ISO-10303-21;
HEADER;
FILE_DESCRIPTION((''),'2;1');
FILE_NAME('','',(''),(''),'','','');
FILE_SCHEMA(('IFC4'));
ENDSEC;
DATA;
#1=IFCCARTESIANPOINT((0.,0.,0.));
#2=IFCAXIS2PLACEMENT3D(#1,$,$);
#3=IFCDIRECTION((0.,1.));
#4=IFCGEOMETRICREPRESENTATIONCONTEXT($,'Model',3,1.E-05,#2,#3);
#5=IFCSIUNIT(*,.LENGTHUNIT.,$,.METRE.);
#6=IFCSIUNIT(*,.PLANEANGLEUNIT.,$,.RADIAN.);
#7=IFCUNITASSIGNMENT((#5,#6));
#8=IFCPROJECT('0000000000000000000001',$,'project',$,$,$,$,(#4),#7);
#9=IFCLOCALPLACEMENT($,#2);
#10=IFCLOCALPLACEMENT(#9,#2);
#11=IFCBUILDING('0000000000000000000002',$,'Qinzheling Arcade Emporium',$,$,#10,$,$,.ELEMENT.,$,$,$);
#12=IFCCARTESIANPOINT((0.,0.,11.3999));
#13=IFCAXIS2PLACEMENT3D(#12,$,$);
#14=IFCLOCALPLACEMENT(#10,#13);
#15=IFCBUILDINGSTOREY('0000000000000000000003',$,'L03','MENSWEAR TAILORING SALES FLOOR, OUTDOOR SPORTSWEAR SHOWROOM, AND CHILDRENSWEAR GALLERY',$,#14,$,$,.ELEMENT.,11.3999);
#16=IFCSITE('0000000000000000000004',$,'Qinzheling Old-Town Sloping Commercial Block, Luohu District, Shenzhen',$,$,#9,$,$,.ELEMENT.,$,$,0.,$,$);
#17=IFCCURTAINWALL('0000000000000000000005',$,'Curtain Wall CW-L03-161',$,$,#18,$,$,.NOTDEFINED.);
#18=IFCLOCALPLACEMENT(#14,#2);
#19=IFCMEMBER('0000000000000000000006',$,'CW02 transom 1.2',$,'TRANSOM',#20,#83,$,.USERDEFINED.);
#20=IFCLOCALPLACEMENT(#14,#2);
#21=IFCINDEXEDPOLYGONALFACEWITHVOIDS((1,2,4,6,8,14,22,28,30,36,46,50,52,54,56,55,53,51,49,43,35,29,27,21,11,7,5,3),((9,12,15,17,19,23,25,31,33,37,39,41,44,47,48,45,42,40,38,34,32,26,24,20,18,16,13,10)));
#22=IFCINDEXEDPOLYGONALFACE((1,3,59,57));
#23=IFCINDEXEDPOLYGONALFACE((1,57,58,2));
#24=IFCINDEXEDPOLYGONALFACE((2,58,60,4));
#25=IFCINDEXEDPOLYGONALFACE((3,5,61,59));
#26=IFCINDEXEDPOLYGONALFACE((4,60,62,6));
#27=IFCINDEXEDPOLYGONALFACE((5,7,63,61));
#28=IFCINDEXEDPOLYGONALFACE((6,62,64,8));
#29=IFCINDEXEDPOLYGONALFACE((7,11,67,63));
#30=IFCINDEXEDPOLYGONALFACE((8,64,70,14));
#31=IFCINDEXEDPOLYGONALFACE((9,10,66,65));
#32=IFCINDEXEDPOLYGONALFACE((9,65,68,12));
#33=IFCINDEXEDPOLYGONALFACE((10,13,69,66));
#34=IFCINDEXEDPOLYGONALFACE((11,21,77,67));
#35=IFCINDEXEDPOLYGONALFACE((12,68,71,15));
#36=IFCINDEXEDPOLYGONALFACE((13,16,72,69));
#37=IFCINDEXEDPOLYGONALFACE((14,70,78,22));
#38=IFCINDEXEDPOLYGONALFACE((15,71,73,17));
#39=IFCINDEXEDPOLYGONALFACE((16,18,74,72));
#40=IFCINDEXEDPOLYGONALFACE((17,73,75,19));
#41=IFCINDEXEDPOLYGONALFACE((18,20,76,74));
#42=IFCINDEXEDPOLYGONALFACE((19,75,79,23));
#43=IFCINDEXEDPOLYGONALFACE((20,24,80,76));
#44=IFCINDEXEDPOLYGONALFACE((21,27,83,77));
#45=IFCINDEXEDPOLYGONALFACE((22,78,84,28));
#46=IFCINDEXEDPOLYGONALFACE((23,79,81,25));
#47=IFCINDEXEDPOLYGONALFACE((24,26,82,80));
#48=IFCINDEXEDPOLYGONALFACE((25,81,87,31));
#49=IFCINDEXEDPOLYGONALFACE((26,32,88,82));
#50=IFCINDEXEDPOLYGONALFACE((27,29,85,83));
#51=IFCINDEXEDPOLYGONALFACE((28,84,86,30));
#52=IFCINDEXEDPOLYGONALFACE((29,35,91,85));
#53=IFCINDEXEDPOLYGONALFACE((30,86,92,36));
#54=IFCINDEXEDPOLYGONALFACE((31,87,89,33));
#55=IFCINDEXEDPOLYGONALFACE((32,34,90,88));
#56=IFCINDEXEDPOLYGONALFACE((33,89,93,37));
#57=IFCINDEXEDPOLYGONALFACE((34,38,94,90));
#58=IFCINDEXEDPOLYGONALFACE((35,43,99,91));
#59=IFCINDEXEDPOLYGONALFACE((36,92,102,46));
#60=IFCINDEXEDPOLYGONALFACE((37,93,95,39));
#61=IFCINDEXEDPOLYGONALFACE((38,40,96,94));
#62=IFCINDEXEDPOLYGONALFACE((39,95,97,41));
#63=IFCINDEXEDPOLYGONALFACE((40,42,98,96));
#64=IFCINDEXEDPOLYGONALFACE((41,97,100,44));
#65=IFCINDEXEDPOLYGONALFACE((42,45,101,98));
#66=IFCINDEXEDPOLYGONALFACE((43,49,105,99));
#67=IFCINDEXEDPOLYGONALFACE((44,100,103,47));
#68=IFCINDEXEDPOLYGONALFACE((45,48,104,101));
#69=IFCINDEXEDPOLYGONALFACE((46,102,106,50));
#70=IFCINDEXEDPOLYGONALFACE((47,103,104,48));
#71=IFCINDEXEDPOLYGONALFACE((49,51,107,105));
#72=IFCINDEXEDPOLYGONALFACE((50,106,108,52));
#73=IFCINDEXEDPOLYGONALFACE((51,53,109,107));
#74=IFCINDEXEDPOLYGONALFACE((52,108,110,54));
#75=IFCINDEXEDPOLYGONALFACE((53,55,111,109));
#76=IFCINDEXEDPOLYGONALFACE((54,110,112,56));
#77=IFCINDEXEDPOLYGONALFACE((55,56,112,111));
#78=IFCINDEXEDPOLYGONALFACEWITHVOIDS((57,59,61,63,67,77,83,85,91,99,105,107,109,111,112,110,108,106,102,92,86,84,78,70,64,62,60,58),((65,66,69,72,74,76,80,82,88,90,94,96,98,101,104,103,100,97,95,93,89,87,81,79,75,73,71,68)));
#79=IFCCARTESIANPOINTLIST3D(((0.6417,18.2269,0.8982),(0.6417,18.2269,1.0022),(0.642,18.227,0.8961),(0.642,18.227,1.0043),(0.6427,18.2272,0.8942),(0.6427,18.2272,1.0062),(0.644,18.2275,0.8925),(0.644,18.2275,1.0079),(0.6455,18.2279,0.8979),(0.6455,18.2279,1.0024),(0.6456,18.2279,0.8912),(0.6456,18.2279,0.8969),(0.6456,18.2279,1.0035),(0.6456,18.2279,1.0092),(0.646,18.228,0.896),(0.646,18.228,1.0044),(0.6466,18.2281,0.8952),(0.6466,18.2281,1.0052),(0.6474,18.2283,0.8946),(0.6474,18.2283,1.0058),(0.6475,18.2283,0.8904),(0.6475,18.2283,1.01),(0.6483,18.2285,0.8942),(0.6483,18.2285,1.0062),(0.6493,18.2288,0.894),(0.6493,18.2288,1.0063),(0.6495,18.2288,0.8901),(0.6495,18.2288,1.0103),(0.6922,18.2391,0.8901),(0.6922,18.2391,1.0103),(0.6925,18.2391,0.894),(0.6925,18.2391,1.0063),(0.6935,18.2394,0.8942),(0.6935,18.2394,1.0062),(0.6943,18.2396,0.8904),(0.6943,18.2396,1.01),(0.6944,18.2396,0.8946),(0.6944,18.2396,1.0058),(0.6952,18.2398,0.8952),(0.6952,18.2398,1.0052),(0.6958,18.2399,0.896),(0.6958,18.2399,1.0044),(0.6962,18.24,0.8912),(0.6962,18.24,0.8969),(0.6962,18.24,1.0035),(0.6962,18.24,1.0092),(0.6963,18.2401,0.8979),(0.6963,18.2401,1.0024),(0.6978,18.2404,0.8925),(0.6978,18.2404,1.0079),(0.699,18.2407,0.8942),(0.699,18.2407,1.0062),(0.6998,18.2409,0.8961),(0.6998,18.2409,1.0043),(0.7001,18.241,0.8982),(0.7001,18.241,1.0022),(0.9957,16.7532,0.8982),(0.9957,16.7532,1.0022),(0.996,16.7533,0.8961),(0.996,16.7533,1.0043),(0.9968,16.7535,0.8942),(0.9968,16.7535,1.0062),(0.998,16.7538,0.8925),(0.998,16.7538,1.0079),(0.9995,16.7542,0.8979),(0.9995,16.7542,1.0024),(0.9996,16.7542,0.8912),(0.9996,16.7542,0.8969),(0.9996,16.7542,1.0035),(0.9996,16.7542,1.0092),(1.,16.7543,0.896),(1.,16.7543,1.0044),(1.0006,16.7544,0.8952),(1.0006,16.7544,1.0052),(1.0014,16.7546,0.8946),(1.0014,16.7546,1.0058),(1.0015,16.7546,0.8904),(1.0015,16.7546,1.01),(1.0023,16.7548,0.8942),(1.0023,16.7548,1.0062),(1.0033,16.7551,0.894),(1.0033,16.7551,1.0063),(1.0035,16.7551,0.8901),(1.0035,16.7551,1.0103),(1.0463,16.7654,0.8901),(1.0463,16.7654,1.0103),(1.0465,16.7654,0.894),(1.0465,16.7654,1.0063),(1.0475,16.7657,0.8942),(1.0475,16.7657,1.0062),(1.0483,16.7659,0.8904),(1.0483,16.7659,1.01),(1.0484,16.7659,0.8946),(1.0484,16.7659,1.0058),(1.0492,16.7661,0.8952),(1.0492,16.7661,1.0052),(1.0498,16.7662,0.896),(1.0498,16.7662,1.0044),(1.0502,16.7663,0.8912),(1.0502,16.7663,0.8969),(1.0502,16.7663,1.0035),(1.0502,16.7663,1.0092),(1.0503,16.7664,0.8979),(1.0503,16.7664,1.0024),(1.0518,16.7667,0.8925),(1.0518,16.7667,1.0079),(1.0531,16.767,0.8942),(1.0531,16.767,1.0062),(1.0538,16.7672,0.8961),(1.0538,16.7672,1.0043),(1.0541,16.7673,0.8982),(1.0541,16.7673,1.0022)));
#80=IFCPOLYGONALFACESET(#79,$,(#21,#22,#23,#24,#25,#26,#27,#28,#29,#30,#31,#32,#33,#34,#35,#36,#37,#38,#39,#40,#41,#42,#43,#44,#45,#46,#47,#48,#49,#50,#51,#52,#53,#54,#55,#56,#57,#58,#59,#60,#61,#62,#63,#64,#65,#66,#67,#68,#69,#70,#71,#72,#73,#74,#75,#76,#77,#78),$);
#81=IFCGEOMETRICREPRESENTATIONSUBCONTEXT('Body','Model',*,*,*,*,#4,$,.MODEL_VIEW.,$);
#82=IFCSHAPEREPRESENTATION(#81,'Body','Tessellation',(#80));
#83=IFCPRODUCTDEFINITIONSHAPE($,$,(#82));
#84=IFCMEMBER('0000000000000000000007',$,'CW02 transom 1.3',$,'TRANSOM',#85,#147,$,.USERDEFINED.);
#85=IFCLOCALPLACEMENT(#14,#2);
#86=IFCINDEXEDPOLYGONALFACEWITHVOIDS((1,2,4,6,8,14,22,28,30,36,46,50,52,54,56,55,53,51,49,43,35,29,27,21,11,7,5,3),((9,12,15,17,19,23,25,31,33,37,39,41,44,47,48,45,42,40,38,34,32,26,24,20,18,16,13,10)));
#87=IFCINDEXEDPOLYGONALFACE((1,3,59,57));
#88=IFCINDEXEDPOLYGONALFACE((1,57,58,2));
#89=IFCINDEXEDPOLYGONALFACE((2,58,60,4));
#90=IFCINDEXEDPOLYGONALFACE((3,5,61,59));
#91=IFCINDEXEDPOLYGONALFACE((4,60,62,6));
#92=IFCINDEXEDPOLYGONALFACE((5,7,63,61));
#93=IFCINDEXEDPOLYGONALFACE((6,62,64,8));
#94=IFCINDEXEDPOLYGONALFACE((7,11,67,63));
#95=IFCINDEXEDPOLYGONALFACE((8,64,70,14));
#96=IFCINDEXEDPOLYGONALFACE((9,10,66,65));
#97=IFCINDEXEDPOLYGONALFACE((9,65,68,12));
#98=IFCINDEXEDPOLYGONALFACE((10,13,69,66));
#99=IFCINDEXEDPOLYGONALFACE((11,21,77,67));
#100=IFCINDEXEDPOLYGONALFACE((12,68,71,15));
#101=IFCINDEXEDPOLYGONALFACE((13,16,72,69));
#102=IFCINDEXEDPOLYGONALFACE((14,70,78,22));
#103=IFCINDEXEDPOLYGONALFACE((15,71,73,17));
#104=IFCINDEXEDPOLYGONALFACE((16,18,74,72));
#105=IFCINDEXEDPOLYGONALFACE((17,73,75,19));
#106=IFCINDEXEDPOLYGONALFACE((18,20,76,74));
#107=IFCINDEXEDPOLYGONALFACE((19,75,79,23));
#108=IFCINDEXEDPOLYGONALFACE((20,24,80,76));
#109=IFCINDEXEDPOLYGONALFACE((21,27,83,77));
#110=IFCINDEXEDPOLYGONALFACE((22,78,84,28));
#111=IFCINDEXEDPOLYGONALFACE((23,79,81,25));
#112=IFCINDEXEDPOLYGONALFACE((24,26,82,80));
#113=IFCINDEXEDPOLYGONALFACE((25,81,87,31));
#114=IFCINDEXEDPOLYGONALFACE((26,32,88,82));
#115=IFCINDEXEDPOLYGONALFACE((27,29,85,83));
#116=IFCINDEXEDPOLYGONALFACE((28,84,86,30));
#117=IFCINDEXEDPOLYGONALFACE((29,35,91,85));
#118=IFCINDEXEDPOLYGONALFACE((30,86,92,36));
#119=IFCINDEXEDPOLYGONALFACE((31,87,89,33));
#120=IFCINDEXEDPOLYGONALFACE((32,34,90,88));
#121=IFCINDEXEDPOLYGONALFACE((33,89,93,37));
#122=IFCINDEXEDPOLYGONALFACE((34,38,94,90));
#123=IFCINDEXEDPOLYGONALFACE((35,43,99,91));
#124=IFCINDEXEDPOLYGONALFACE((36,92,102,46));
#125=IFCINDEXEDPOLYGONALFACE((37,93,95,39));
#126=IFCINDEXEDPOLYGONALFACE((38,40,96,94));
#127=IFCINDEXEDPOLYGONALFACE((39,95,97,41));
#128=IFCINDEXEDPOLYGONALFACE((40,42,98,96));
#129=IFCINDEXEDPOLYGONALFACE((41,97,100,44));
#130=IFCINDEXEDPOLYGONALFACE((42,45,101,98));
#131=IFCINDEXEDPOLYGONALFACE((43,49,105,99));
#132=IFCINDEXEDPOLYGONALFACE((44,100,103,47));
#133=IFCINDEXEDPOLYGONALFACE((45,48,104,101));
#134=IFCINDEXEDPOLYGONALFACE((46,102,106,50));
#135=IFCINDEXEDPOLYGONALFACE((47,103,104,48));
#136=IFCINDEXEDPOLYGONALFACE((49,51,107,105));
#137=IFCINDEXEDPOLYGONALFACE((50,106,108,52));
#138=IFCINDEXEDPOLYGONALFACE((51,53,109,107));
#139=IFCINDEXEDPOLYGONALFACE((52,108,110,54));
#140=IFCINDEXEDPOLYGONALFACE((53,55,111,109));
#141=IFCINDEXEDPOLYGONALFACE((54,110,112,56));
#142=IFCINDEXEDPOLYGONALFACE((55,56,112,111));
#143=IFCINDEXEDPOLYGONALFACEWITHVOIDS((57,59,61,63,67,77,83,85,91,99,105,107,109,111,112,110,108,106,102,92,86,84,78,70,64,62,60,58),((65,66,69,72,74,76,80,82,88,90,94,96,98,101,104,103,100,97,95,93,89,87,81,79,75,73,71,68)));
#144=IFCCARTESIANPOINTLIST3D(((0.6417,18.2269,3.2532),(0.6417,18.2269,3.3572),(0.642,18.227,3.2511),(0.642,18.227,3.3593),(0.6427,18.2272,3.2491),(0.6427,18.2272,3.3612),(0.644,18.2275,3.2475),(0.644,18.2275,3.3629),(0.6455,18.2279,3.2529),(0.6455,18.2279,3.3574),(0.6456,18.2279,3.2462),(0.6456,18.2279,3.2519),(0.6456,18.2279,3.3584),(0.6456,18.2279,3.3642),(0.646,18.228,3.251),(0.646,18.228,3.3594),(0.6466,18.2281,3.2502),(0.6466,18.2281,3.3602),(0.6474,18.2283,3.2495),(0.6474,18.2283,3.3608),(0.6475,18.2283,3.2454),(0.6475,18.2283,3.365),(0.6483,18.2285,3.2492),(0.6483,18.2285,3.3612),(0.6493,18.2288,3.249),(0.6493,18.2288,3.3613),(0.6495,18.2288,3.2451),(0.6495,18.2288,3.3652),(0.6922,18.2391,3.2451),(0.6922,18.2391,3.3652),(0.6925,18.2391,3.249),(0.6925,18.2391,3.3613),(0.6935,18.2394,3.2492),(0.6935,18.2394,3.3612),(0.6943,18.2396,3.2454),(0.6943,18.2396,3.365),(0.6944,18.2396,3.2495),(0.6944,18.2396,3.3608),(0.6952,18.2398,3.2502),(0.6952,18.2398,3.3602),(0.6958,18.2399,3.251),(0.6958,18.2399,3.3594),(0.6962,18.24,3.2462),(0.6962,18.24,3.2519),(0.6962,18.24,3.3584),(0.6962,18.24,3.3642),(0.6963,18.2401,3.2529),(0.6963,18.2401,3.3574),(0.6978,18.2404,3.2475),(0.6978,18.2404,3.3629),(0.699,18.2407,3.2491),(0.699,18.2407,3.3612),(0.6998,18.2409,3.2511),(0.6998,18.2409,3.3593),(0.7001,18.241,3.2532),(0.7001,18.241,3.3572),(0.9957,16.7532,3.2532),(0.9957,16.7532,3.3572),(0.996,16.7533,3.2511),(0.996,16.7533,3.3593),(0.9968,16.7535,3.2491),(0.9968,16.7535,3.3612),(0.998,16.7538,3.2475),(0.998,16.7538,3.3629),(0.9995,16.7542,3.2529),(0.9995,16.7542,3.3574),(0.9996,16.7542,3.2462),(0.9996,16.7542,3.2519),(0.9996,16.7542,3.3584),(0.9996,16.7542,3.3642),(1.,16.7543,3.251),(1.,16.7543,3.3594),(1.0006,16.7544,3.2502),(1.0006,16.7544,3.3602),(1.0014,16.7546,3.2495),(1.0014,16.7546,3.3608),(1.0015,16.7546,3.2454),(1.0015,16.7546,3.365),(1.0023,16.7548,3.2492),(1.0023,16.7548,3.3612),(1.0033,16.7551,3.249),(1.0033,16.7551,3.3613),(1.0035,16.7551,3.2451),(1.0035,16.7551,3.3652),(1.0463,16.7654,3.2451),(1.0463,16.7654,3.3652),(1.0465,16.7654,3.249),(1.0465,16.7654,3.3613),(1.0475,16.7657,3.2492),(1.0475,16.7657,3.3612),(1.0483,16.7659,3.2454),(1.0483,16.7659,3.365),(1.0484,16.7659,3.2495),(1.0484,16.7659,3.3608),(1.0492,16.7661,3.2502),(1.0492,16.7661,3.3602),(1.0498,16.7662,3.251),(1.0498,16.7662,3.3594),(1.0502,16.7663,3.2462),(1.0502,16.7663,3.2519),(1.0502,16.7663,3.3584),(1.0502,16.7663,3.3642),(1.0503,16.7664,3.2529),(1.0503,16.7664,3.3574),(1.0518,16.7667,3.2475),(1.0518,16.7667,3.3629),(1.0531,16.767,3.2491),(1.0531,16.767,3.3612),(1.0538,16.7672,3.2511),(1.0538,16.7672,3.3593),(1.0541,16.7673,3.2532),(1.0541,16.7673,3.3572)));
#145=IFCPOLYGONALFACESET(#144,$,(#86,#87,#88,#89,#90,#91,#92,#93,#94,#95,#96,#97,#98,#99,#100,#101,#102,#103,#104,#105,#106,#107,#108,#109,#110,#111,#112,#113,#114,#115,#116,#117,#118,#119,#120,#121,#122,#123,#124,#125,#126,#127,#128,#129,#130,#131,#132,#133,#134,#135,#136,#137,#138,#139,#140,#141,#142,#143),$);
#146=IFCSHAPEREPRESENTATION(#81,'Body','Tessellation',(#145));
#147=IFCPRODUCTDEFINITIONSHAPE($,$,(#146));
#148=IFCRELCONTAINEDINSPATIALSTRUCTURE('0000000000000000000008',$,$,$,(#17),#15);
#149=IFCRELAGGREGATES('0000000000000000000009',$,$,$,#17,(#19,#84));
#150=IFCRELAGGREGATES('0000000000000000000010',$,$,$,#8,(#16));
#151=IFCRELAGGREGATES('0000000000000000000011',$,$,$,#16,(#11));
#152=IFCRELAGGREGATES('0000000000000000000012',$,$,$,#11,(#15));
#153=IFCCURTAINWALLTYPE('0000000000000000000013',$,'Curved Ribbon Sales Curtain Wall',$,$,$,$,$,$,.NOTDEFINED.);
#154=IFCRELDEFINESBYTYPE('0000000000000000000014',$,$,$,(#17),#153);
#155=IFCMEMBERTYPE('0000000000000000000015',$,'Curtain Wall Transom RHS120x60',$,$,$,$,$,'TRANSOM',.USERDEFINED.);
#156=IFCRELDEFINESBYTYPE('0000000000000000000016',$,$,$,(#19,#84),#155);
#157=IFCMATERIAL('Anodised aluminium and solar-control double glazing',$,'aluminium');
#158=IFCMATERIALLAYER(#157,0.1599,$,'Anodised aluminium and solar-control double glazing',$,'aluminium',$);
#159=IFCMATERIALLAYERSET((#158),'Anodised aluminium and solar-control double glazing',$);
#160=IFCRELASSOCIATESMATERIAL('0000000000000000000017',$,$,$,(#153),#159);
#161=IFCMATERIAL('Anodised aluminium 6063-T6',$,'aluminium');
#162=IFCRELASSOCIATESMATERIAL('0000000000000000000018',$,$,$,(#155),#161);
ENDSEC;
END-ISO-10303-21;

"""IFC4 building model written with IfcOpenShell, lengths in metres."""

from ifc_helpers import new_model, si_unit, direction, frame, origin, origin_2d, place, context, subcontext, project, spatial, hollow_rectangle, extrude, material, layer, layer_set, material_profile, profile_set, type_object, element, aggregate, save


model = new_model("IFC4")

# Units and contexts
model_context = context("Model", 3, precision=1e-05, world=origin(), true_north=direction((0.0, 1.0)))
body_context = subcontext(model_context, "Body", "Model", "MODEL_VIEW")
ifc_project = project(units=[si_unit("LENGTHUNIT", "METRE"), si_unit("PLANEANGLEUNIT", "RADIAN")], contexts=[model_context])

# Site, building, storey
site_placement = place(None, origin())
site = spatial("IfcSite", under=ifc_project, at=site_placement, Name="Qinzheling Old-Town Sloping Commercial Block, Luohu District, Shenzhen", CompositionType="ELEMENT", RefElevation=0.0)
building_placement = place(site_placement, origin())
building = spatial("IfcBuilding", under=site, at=building_placement, Name="Qinzheling Arcade Emporium", CompositionType="ELEMENT")
storey_placement = place(building_placement, frame((0.0, 0.0, 11.3999)))
storey = spatial("IfcBuildingStorey", under=building, at=storey_placement, Name="L03", Description="MENSWEAR TAILORING SALES FLOOR, OUTDOOR SPORTSWEAR SHOWROOM, AND CHILDRENSWEAR GALLERY", CompositionType="ELEMENT", Elevation=11.3999)

# Curtain wall
ifc_material_1 = material(Name="Anodised aluminium and solar-control double glazing", Category="aluminium")
ifc_layer_1 = layer(ifc_material_1, 0.1599, Name="Anodised aluminium and solar-control double glazing", Category="aluminium")
ifc_layer_set_1 = layer_set([ifc_layer_1], Name="Anodised aluminium and solar-control double glazing")
curtain_wall_type = type_object("IfcCurtainWallType", Name="Curved Ribbon Sales Curtain Wall", PredefinedType="NOTDEFINED", material=ifc_layer_set_1)
ifc_material_2 = material(Name="Anodised aluminium 6063-T6", Category="aluminium")
curtain_wall_1_placement = place(storey_placement, origin())
curtain_wall_1 = element("IfcCurtainWall", 1, at=curtain_wall_1_placement, inside=storey, type_object=curtain_wall_type, Name="Curtain Wall CW-L03-161", PredefinedType="NOTDEFINED")

# Members
ifc_material_profile_1 = material_profile(ifc_material_2, hollow_rectangle(XDim=0.0601, YDim=0.1201, WallThickness=0.0039, InnerFilletRadius=0.0039, OuterFilletRadius=0.0081, at=origin_2d()), Name="RHS 120x60x4", Category="aluminium")
ifc_profile_set_1 = profile_set([ifc_material_profile_1], Name="Anodised aluminium 6063-T6")
member_type_1 = type_object("IfcMemberType", Name="Curtain Wall Transom RHS120x60", ElementType="TRANSOM", PredefinedType="USERDEFINED", material=ifc_profile_set_1)
member_1_placement = place(storey_placement, frame((1.0249, 16.7603, 0.9502), z_axis=(-0.23358, 0.972338, 0.0), x_axis=(-0.972338, -0.23358, 0.0)))
member_1 = element("IfcMember", 2, at=member_1_placement, type_object=member_type_1, Name="CW02 transom 1.2", ObjectType="TRANSOM", PredefinedType="USERDEFINED", context=body_context, shape_type="SweptSolid", body=[
    extrude(hollow_rectangle(XDim=0.0601, YDim=0.1201, WallThickness=0.0039, InnerFilletRadius=0.0039, OuterFilletRadius=0.0081, at=origin_2d()), origin(), (0.0, 0.0, 1.0), 1.5156),
])
member_2_placement = place(storey_placement, frame((1.0249, 16.7603, 3.3052), z_axis=(-0.23358, 0.972338, 0.0), x_axis=(-0.972338, -0.23358, 0.0)))
member_2 = element("IfcMember", 3, at=member_2_placement, type_object=member_type_1, Name="CW02 transom 1.3", ObjectType="TRANSOM", PredefinedType="USERDEFINED", context=body_context, shape_type="SweptSolid", body=[
    extrude(hollow_rectangle(XDim=0.0601, YDim=0.1201, WallThickness=0.0039, InnerFilletRadius=0.0039, OuterFilletRadius=0.0081, at=origin_2d()), origin(), (0.0, 0.0, 1.0), 1.5156),
])

aggregate(curtain_wall_1, [member_1, member_2])

save(model, "model.ifc")
